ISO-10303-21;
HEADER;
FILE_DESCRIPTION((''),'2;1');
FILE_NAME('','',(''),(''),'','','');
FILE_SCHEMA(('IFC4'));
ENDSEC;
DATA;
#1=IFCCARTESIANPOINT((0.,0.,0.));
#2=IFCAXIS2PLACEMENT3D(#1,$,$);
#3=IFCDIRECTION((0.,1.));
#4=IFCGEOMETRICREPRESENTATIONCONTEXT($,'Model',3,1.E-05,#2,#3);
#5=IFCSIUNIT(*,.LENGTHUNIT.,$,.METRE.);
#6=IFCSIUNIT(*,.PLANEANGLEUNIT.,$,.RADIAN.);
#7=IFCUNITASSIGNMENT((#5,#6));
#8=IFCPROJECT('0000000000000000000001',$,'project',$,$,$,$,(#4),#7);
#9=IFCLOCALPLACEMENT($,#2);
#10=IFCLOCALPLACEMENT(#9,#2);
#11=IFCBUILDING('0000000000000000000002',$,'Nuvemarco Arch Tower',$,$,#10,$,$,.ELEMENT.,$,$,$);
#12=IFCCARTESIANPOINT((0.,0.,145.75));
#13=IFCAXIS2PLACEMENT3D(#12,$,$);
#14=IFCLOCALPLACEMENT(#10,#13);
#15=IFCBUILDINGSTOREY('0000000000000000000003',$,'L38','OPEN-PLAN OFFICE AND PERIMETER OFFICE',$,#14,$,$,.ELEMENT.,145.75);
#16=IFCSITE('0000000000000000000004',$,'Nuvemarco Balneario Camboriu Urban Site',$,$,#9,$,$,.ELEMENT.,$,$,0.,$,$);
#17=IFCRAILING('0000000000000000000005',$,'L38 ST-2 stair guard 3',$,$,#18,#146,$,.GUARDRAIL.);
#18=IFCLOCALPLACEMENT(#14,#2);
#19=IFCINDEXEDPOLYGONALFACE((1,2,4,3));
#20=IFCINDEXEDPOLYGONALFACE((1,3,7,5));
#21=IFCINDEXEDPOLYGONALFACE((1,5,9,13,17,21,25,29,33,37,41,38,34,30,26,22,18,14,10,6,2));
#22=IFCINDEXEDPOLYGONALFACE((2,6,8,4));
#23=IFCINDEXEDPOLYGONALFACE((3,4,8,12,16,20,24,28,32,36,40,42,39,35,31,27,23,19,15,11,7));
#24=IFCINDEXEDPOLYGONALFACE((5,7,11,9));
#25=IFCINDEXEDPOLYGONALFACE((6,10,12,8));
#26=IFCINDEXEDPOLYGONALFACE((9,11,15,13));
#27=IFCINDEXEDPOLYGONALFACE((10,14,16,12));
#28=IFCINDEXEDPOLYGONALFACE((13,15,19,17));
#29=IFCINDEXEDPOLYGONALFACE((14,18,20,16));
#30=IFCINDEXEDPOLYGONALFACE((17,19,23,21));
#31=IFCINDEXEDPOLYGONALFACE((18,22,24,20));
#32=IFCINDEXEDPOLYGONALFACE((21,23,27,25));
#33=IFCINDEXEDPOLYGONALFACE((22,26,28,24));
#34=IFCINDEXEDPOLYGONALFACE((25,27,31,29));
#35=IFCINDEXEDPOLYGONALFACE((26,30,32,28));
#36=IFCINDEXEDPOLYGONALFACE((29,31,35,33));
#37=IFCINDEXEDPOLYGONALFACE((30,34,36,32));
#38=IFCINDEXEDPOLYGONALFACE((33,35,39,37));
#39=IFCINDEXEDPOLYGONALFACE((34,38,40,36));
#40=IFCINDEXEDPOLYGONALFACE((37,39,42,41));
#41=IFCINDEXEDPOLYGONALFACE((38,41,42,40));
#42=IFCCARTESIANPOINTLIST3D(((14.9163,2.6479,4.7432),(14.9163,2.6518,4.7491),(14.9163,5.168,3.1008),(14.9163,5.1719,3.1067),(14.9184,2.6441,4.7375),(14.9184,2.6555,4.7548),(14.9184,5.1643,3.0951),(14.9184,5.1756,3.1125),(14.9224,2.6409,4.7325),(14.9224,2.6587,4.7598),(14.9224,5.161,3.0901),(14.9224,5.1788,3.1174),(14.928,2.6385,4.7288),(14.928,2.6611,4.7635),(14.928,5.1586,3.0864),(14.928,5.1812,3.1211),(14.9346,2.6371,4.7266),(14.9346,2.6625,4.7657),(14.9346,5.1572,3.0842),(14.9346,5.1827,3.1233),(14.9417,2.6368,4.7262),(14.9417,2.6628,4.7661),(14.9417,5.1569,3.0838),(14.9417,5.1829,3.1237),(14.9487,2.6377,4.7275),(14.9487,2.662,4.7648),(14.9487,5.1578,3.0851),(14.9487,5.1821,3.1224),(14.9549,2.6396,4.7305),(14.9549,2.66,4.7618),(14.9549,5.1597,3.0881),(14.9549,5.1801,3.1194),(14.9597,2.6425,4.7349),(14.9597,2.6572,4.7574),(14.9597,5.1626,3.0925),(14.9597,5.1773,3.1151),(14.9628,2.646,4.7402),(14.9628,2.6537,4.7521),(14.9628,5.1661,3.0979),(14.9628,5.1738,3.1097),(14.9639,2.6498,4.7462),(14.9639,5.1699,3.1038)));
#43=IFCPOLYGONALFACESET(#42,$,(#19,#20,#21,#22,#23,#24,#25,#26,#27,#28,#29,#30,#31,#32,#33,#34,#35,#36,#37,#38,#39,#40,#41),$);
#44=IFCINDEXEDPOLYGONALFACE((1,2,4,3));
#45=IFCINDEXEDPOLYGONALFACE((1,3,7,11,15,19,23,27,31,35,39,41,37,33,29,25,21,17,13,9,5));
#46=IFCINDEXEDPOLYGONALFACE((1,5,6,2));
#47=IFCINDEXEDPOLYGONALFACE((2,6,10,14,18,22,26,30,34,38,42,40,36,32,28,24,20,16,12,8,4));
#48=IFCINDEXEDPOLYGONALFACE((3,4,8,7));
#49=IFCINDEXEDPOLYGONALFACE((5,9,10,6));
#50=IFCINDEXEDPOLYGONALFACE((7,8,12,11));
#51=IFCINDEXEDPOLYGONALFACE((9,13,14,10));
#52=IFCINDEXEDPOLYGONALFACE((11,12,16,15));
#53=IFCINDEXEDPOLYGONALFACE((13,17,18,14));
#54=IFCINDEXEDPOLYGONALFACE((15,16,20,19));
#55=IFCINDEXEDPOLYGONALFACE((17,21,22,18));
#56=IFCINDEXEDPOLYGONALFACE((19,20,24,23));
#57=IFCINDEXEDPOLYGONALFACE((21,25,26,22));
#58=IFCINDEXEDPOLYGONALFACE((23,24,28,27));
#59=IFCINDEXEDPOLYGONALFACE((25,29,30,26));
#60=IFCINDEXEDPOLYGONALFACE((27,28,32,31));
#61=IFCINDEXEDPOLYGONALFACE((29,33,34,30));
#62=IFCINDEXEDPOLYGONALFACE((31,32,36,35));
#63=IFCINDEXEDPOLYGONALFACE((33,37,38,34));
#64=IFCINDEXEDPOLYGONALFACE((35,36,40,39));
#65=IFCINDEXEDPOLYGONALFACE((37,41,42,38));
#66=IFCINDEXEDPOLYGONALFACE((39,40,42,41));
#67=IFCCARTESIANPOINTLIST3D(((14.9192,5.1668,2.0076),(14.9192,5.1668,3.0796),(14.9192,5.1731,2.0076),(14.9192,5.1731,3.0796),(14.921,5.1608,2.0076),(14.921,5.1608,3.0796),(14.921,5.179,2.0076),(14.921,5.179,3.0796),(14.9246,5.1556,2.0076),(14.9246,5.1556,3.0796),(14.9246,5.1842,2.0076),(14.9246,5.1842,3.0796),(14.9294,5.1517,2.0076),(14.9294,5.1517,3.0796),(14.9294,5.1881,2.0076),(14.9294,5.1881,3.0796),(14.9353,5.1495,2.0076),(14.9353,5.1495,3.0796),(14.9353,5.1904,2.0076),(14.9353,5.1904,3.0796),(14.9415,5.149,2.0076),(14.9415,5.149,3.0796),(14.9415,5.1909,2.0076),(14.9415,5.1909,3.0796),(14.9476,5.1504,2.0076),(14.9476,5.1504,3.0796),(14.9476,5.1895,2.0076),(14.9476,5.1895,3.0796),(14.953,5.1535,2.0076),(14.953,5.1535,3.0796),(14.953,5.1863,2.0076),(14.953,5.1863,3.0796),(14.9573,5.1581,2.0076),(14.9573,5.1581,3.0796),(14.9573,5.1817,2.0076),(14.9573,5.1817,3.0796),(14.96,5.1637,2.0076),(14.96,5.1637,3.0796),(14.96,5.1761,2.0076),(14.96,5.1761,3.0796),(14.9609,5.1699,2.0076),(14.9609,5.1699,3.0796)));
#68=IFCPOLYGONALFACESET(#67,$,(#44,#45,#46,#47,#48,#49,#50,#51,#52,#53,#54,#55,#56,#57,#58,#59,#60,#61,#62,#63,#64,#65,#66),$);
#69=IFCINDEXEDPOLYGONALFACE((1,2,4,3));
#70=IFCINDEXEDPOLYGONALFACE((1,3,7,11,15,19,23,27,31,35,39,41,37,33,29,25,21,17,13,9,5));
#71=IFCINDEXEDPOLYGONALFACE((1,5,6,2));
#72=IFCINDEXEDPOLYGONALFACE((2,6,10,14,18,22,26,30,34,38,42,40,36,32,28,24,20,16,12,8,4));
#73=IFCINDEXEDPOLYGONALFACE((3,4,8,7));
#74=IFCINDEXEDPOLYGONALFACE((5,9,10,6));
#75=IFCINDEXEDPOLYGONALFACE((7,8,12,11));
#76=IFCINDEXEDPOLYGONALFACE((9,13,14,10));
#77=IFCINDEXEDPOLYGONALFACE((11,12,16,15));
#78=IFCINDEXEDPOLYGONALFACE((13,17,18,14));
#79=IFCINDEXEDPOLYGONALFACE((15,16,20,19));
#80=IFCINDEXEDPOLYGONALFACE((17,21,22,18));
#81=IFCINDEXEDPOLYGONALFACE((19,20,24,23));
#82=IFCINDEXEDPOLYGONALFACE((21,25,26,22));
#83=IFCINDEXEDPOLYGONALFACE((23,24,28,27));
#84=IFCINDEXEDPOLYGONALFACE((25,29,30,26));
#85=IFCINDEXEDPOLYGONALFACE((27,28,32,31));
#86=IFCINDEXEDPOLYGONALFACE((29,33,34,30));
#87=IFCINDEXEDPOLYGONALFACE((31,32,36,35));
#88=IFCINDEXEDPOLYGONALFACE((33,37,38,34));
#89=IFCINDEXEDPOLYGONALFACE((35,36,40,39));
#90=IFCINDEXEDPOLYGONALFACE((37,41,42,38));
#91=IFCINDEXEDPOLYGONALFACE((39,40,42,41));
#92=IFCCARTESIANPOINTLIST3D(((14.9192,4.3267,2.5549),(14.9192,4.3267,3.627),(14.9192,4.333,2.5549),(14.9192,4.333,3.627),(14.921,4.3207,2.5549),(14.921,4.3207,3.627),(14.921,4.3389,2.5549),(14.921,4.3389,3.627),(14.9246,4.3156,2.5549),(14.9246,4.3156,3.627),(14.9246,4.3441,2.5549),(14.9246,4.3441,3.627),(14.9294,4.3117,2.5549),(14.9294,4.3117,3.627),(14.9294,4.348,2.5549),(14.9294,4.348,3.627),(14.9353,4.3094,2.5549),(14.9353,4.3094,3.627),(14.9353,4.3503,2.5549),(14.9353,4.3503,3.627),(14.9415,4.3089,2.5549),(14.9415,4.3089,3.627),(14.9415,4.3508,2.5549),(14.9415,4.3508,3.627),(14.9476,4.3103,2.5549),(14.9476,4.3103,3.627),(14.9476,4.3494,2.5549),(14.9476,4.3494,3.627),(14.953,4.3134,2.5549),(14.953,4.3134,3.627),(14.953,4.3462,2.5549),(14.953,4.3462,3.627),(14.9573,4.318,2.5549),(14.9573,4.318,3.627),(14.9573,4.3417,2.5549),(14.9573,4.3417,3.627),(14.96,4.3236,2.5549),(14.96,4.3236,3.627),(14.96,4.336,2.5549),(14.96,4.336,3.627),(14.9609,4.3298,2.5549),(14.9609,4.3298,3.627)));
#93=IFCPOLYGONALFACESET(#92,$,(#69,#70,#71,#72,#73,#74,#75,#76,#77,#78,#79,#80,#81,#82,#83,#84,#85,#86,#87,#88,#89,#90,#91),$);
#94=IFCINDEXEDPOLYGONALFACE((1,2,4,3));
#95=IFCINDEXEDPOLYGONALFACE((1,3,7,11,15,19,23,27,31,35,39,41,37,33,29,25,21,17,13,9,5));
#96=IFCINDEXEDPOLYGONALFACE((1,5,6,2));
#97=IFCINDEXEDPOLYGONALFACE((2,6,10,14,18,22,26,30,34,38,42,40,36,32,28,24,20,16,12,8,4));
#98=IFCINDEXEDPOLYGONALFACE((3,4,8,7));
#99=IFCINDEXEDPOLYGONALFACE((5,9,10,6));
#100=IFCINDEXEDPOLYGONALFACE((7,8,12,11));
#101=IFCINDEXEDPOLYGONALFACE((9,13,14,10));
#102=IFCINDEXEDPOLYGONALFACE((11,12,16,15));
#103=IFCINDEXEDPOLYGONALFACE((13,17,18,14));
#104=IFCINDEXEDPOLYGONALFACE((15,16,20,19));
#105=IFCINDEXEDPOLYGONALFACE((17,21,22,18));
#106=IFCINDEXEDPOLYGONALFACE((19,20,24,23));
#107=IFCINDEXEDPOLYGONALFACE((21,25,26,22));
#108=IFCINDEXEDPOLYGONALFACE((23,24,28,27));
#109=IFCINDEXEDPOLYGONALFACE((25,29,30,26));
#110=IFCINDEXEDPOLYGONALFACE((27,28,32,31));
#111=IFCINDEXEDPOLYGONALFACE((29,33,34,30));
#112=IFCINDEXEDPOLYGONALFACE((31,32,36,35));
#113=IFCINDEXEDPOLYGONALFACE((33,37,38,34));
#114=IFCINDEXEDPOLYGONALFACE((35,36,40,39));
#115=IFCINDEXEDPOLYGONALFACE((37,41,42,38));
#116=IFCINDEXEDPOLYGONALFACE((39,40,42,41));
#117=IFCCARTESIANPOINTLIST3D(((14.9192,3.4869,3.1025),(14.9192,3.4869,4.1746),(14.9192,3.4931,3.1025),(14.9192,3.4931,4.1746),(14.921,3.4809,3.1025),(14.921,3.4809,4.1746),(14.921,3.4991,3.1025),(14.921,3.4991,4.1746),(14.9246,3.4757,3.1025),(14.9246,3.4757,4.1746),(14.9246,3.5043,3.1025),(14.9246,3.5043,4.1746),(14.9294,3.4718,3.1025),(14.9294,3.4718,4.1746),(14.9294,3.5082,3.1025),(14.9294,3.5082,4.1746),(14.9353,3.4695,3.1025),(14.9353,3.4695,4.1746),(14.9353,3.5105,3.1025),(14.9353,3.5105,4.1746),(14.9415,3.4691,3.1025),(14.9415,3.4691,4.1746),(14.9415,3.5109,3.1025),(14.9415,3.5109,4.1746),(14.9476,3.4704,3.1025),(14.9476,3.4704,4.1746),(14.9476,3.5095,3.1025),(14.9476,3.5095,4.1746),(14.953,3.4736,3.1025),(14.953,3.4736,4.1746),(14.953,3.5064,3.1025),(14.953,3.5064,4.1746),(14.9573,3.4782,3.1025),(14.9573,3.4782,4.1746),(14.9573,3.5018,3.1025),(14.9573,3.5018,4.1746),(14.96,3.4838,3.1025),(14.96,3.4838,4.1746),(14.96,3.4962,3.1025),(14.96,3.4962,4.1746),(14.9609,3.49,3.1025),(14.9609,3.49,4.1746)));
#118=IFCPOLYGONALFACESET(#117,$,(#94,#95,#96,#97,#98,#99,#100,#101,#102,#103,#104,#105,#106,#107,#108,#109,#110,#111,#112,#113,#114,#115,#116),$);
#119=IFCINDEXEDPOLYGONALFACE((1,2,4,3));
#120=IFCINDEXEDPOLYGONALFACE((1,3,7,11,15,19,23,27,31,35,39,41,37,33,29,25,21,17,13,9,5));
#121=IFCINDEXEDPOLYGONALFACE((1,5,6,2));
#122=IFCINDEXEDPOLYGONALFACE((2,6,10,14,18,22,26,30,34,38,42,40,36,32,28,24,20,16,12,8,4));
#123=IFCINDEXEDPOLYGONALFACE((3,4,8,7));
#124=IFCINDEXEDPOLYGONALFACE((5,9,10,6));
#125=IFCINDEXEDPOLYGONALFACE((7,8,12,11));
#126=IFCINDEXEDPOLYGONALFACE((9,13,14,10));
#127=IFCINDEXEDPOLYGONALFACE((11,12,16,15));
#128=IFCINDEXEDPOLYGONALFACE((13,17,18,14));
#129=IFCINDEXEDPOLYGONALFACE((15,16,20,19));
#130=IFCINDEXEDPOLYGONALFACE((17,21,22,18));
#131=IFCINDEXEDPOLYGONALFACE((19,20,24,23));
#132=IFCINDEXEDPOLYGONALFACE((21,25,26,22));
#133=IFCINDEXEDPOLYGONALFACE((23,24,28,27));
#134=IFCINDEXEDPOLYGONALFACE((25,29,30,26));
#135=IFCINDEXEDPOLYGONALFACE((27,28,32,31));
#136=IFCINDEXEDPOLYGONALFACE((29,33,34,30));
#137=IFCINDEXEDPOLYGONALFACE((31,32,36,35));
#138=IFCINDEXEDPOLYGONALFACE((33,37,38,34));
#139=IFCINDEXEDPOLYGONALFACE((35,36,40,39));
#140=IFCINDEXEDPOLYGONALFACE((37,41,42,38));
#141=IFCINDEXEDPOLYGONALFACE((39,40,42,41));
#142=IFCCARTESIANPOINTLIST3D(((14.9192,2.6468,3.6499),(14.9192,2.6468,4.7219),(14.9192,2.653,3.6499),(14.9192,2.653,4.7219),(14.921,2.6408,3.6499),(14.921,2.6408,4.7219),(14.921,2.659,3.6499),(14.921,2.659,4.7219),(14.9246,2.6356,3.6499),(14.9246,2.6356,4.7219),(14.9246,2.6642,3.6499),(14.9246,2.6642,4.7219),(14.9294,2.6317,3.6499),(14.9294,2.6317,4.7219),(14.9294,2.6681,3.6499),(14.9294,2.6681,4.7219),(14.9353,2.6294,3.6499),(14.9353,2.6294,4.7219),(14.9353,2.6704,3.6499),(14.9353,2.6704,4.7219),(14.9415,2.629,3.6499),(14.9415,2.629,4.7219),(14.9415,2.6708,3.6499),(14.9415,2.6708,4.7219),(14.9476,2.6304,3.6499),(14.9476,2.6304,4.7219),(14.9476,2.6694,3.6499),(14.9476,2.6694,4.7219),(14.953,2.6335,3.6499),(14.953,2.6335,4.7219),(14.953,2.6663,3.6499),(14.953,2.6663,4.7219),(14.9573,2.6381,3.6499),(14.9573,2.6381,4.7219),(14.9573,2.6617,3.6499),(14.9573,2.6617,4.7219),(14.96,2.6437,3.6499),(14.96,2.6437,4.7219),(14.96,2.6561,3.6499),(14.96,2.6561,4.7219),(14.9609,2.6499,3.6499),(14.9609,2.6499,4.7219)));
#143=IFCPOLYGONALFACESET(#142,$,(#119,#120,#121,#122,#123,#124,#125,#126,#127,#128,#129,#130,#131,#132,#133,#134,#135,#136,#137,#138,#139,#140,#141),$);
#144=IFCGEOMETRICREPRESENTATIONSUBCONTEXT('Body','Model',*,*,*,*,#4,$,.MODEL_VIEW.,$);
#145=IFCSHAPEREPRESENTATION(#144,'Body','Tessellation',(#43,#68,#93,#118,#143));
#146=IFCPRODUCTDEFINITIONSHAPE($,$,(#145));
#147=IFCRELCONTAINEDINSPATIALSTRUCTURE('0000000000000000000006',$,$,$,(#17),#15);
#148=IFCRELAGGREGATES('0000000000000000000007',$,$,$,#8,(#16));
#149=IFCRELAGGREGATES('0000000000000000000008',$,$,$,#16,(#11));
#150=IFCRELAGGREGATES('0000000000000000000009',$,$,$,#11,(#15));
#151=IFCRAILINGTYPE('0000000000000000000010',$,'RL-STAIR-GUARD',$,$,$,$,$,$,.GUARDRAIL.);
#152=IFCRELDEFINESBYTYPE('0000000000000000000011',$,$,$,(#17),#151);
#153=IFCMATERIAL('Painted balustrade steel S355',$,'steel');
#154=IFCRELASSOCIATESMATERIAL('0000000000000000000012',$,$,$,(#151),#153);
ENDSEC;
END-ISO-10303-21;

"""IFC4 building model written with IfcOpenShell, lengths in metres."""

from ifc_helpers import new_model, si_unit, direction, frame, origin, origin_2d, place, context, subcontext, project, spatial, circle, extrude, material, type_object, element, save


model = new_model("IFC4")

# Units and contexts
model_context = context("Model", 3, precision=1e-05, world=origin(), true_north=direction((0.0, 1.0)))
body_context = subcontext(model_context, "Body", "Model", "MODEL_VIEW")
ifc_project = project(units=[si_unit("LENGTHUNIT", "METRE"), si_unit("PLANEANGLEUNIT", "RADIAN")], contexts=[model_context])

# Site, building, storey
site_placement = place(None, origin())
site = spatial("IfcSite", under=ifc_project, at=site_placement, Name="Nuvemarco Balneario Camboriu Urban Site", CompositionType="ELEMENT", RefElevation=0.0)
building_placement = place(site_placement, origin())
building = spatial("IfcBuilding", under=site, at=building_placement, Name="Nuvemarco Arch Tower", CompositionType="ELEMENT")
storey_placement = place(building_placement, frame((0.0, 0.0, 145.75)))
storey = spatial("IfcBuildingStorey", under=building, at=storey_placement, Name="L38", Description="OPEN-PLAN OFFICE AND PERIMETER OFFICE", CompositionType="ELEMENT", Elevation=145.75)

# Railing
ifc_material_1 = material(Name="Painted balustrade steel S355", Category="steel")
railing_type_1 = type_object("IfcRailingType", Name="RL-STAIR-GUARD", PredefinedType="GUARDRAIL", material=ifc_material_1)
railing_1_placement = place(storey_placement, frame((14.9399, 5.1699, 2.0076)))
element("IfcRailing", 1, at=railing_1_placement, inside=storey, type_object=railing_type_1, Name="L38 ST-2 stair guard 3", PredefinedType="GUARDRAIL", context=body_context, shape_type="SweptSolid", body=[
    extrude(circle(Radius=0.0239, at=origin_2d()), frame((0.0, 0.0, 1.0962), z_axis=(0.0, -0.837787, 0.545998), x_axis=(1.0, 0.0, 0.0)), (0.0, 0.0, 1.0), 3.0081),
    extrude(circle(Radius=0.021, at=origin_2d()), origin(), (0.0, 0.0, 1.0), 1.072),
    extrude(circle(Radius=0.021, at=origin_2d()), frame((0.0, -0.8401, 0.5474)), (0.0, 0.0, 1.0), 1.072),
    extrude(circle(Radius=0.021, at=origin_2d()), frame((0.0, -1.6799, 1.095)), (0.0, 0.0, 1.0), 1.072),
    extrude(circle(Radius=0.021, at=origin_2d()), frame((0.0, -2.52, 1.6423)), (0.0, 0.0, 1.0), 1.072),
])

save(model, "model.ifc")
